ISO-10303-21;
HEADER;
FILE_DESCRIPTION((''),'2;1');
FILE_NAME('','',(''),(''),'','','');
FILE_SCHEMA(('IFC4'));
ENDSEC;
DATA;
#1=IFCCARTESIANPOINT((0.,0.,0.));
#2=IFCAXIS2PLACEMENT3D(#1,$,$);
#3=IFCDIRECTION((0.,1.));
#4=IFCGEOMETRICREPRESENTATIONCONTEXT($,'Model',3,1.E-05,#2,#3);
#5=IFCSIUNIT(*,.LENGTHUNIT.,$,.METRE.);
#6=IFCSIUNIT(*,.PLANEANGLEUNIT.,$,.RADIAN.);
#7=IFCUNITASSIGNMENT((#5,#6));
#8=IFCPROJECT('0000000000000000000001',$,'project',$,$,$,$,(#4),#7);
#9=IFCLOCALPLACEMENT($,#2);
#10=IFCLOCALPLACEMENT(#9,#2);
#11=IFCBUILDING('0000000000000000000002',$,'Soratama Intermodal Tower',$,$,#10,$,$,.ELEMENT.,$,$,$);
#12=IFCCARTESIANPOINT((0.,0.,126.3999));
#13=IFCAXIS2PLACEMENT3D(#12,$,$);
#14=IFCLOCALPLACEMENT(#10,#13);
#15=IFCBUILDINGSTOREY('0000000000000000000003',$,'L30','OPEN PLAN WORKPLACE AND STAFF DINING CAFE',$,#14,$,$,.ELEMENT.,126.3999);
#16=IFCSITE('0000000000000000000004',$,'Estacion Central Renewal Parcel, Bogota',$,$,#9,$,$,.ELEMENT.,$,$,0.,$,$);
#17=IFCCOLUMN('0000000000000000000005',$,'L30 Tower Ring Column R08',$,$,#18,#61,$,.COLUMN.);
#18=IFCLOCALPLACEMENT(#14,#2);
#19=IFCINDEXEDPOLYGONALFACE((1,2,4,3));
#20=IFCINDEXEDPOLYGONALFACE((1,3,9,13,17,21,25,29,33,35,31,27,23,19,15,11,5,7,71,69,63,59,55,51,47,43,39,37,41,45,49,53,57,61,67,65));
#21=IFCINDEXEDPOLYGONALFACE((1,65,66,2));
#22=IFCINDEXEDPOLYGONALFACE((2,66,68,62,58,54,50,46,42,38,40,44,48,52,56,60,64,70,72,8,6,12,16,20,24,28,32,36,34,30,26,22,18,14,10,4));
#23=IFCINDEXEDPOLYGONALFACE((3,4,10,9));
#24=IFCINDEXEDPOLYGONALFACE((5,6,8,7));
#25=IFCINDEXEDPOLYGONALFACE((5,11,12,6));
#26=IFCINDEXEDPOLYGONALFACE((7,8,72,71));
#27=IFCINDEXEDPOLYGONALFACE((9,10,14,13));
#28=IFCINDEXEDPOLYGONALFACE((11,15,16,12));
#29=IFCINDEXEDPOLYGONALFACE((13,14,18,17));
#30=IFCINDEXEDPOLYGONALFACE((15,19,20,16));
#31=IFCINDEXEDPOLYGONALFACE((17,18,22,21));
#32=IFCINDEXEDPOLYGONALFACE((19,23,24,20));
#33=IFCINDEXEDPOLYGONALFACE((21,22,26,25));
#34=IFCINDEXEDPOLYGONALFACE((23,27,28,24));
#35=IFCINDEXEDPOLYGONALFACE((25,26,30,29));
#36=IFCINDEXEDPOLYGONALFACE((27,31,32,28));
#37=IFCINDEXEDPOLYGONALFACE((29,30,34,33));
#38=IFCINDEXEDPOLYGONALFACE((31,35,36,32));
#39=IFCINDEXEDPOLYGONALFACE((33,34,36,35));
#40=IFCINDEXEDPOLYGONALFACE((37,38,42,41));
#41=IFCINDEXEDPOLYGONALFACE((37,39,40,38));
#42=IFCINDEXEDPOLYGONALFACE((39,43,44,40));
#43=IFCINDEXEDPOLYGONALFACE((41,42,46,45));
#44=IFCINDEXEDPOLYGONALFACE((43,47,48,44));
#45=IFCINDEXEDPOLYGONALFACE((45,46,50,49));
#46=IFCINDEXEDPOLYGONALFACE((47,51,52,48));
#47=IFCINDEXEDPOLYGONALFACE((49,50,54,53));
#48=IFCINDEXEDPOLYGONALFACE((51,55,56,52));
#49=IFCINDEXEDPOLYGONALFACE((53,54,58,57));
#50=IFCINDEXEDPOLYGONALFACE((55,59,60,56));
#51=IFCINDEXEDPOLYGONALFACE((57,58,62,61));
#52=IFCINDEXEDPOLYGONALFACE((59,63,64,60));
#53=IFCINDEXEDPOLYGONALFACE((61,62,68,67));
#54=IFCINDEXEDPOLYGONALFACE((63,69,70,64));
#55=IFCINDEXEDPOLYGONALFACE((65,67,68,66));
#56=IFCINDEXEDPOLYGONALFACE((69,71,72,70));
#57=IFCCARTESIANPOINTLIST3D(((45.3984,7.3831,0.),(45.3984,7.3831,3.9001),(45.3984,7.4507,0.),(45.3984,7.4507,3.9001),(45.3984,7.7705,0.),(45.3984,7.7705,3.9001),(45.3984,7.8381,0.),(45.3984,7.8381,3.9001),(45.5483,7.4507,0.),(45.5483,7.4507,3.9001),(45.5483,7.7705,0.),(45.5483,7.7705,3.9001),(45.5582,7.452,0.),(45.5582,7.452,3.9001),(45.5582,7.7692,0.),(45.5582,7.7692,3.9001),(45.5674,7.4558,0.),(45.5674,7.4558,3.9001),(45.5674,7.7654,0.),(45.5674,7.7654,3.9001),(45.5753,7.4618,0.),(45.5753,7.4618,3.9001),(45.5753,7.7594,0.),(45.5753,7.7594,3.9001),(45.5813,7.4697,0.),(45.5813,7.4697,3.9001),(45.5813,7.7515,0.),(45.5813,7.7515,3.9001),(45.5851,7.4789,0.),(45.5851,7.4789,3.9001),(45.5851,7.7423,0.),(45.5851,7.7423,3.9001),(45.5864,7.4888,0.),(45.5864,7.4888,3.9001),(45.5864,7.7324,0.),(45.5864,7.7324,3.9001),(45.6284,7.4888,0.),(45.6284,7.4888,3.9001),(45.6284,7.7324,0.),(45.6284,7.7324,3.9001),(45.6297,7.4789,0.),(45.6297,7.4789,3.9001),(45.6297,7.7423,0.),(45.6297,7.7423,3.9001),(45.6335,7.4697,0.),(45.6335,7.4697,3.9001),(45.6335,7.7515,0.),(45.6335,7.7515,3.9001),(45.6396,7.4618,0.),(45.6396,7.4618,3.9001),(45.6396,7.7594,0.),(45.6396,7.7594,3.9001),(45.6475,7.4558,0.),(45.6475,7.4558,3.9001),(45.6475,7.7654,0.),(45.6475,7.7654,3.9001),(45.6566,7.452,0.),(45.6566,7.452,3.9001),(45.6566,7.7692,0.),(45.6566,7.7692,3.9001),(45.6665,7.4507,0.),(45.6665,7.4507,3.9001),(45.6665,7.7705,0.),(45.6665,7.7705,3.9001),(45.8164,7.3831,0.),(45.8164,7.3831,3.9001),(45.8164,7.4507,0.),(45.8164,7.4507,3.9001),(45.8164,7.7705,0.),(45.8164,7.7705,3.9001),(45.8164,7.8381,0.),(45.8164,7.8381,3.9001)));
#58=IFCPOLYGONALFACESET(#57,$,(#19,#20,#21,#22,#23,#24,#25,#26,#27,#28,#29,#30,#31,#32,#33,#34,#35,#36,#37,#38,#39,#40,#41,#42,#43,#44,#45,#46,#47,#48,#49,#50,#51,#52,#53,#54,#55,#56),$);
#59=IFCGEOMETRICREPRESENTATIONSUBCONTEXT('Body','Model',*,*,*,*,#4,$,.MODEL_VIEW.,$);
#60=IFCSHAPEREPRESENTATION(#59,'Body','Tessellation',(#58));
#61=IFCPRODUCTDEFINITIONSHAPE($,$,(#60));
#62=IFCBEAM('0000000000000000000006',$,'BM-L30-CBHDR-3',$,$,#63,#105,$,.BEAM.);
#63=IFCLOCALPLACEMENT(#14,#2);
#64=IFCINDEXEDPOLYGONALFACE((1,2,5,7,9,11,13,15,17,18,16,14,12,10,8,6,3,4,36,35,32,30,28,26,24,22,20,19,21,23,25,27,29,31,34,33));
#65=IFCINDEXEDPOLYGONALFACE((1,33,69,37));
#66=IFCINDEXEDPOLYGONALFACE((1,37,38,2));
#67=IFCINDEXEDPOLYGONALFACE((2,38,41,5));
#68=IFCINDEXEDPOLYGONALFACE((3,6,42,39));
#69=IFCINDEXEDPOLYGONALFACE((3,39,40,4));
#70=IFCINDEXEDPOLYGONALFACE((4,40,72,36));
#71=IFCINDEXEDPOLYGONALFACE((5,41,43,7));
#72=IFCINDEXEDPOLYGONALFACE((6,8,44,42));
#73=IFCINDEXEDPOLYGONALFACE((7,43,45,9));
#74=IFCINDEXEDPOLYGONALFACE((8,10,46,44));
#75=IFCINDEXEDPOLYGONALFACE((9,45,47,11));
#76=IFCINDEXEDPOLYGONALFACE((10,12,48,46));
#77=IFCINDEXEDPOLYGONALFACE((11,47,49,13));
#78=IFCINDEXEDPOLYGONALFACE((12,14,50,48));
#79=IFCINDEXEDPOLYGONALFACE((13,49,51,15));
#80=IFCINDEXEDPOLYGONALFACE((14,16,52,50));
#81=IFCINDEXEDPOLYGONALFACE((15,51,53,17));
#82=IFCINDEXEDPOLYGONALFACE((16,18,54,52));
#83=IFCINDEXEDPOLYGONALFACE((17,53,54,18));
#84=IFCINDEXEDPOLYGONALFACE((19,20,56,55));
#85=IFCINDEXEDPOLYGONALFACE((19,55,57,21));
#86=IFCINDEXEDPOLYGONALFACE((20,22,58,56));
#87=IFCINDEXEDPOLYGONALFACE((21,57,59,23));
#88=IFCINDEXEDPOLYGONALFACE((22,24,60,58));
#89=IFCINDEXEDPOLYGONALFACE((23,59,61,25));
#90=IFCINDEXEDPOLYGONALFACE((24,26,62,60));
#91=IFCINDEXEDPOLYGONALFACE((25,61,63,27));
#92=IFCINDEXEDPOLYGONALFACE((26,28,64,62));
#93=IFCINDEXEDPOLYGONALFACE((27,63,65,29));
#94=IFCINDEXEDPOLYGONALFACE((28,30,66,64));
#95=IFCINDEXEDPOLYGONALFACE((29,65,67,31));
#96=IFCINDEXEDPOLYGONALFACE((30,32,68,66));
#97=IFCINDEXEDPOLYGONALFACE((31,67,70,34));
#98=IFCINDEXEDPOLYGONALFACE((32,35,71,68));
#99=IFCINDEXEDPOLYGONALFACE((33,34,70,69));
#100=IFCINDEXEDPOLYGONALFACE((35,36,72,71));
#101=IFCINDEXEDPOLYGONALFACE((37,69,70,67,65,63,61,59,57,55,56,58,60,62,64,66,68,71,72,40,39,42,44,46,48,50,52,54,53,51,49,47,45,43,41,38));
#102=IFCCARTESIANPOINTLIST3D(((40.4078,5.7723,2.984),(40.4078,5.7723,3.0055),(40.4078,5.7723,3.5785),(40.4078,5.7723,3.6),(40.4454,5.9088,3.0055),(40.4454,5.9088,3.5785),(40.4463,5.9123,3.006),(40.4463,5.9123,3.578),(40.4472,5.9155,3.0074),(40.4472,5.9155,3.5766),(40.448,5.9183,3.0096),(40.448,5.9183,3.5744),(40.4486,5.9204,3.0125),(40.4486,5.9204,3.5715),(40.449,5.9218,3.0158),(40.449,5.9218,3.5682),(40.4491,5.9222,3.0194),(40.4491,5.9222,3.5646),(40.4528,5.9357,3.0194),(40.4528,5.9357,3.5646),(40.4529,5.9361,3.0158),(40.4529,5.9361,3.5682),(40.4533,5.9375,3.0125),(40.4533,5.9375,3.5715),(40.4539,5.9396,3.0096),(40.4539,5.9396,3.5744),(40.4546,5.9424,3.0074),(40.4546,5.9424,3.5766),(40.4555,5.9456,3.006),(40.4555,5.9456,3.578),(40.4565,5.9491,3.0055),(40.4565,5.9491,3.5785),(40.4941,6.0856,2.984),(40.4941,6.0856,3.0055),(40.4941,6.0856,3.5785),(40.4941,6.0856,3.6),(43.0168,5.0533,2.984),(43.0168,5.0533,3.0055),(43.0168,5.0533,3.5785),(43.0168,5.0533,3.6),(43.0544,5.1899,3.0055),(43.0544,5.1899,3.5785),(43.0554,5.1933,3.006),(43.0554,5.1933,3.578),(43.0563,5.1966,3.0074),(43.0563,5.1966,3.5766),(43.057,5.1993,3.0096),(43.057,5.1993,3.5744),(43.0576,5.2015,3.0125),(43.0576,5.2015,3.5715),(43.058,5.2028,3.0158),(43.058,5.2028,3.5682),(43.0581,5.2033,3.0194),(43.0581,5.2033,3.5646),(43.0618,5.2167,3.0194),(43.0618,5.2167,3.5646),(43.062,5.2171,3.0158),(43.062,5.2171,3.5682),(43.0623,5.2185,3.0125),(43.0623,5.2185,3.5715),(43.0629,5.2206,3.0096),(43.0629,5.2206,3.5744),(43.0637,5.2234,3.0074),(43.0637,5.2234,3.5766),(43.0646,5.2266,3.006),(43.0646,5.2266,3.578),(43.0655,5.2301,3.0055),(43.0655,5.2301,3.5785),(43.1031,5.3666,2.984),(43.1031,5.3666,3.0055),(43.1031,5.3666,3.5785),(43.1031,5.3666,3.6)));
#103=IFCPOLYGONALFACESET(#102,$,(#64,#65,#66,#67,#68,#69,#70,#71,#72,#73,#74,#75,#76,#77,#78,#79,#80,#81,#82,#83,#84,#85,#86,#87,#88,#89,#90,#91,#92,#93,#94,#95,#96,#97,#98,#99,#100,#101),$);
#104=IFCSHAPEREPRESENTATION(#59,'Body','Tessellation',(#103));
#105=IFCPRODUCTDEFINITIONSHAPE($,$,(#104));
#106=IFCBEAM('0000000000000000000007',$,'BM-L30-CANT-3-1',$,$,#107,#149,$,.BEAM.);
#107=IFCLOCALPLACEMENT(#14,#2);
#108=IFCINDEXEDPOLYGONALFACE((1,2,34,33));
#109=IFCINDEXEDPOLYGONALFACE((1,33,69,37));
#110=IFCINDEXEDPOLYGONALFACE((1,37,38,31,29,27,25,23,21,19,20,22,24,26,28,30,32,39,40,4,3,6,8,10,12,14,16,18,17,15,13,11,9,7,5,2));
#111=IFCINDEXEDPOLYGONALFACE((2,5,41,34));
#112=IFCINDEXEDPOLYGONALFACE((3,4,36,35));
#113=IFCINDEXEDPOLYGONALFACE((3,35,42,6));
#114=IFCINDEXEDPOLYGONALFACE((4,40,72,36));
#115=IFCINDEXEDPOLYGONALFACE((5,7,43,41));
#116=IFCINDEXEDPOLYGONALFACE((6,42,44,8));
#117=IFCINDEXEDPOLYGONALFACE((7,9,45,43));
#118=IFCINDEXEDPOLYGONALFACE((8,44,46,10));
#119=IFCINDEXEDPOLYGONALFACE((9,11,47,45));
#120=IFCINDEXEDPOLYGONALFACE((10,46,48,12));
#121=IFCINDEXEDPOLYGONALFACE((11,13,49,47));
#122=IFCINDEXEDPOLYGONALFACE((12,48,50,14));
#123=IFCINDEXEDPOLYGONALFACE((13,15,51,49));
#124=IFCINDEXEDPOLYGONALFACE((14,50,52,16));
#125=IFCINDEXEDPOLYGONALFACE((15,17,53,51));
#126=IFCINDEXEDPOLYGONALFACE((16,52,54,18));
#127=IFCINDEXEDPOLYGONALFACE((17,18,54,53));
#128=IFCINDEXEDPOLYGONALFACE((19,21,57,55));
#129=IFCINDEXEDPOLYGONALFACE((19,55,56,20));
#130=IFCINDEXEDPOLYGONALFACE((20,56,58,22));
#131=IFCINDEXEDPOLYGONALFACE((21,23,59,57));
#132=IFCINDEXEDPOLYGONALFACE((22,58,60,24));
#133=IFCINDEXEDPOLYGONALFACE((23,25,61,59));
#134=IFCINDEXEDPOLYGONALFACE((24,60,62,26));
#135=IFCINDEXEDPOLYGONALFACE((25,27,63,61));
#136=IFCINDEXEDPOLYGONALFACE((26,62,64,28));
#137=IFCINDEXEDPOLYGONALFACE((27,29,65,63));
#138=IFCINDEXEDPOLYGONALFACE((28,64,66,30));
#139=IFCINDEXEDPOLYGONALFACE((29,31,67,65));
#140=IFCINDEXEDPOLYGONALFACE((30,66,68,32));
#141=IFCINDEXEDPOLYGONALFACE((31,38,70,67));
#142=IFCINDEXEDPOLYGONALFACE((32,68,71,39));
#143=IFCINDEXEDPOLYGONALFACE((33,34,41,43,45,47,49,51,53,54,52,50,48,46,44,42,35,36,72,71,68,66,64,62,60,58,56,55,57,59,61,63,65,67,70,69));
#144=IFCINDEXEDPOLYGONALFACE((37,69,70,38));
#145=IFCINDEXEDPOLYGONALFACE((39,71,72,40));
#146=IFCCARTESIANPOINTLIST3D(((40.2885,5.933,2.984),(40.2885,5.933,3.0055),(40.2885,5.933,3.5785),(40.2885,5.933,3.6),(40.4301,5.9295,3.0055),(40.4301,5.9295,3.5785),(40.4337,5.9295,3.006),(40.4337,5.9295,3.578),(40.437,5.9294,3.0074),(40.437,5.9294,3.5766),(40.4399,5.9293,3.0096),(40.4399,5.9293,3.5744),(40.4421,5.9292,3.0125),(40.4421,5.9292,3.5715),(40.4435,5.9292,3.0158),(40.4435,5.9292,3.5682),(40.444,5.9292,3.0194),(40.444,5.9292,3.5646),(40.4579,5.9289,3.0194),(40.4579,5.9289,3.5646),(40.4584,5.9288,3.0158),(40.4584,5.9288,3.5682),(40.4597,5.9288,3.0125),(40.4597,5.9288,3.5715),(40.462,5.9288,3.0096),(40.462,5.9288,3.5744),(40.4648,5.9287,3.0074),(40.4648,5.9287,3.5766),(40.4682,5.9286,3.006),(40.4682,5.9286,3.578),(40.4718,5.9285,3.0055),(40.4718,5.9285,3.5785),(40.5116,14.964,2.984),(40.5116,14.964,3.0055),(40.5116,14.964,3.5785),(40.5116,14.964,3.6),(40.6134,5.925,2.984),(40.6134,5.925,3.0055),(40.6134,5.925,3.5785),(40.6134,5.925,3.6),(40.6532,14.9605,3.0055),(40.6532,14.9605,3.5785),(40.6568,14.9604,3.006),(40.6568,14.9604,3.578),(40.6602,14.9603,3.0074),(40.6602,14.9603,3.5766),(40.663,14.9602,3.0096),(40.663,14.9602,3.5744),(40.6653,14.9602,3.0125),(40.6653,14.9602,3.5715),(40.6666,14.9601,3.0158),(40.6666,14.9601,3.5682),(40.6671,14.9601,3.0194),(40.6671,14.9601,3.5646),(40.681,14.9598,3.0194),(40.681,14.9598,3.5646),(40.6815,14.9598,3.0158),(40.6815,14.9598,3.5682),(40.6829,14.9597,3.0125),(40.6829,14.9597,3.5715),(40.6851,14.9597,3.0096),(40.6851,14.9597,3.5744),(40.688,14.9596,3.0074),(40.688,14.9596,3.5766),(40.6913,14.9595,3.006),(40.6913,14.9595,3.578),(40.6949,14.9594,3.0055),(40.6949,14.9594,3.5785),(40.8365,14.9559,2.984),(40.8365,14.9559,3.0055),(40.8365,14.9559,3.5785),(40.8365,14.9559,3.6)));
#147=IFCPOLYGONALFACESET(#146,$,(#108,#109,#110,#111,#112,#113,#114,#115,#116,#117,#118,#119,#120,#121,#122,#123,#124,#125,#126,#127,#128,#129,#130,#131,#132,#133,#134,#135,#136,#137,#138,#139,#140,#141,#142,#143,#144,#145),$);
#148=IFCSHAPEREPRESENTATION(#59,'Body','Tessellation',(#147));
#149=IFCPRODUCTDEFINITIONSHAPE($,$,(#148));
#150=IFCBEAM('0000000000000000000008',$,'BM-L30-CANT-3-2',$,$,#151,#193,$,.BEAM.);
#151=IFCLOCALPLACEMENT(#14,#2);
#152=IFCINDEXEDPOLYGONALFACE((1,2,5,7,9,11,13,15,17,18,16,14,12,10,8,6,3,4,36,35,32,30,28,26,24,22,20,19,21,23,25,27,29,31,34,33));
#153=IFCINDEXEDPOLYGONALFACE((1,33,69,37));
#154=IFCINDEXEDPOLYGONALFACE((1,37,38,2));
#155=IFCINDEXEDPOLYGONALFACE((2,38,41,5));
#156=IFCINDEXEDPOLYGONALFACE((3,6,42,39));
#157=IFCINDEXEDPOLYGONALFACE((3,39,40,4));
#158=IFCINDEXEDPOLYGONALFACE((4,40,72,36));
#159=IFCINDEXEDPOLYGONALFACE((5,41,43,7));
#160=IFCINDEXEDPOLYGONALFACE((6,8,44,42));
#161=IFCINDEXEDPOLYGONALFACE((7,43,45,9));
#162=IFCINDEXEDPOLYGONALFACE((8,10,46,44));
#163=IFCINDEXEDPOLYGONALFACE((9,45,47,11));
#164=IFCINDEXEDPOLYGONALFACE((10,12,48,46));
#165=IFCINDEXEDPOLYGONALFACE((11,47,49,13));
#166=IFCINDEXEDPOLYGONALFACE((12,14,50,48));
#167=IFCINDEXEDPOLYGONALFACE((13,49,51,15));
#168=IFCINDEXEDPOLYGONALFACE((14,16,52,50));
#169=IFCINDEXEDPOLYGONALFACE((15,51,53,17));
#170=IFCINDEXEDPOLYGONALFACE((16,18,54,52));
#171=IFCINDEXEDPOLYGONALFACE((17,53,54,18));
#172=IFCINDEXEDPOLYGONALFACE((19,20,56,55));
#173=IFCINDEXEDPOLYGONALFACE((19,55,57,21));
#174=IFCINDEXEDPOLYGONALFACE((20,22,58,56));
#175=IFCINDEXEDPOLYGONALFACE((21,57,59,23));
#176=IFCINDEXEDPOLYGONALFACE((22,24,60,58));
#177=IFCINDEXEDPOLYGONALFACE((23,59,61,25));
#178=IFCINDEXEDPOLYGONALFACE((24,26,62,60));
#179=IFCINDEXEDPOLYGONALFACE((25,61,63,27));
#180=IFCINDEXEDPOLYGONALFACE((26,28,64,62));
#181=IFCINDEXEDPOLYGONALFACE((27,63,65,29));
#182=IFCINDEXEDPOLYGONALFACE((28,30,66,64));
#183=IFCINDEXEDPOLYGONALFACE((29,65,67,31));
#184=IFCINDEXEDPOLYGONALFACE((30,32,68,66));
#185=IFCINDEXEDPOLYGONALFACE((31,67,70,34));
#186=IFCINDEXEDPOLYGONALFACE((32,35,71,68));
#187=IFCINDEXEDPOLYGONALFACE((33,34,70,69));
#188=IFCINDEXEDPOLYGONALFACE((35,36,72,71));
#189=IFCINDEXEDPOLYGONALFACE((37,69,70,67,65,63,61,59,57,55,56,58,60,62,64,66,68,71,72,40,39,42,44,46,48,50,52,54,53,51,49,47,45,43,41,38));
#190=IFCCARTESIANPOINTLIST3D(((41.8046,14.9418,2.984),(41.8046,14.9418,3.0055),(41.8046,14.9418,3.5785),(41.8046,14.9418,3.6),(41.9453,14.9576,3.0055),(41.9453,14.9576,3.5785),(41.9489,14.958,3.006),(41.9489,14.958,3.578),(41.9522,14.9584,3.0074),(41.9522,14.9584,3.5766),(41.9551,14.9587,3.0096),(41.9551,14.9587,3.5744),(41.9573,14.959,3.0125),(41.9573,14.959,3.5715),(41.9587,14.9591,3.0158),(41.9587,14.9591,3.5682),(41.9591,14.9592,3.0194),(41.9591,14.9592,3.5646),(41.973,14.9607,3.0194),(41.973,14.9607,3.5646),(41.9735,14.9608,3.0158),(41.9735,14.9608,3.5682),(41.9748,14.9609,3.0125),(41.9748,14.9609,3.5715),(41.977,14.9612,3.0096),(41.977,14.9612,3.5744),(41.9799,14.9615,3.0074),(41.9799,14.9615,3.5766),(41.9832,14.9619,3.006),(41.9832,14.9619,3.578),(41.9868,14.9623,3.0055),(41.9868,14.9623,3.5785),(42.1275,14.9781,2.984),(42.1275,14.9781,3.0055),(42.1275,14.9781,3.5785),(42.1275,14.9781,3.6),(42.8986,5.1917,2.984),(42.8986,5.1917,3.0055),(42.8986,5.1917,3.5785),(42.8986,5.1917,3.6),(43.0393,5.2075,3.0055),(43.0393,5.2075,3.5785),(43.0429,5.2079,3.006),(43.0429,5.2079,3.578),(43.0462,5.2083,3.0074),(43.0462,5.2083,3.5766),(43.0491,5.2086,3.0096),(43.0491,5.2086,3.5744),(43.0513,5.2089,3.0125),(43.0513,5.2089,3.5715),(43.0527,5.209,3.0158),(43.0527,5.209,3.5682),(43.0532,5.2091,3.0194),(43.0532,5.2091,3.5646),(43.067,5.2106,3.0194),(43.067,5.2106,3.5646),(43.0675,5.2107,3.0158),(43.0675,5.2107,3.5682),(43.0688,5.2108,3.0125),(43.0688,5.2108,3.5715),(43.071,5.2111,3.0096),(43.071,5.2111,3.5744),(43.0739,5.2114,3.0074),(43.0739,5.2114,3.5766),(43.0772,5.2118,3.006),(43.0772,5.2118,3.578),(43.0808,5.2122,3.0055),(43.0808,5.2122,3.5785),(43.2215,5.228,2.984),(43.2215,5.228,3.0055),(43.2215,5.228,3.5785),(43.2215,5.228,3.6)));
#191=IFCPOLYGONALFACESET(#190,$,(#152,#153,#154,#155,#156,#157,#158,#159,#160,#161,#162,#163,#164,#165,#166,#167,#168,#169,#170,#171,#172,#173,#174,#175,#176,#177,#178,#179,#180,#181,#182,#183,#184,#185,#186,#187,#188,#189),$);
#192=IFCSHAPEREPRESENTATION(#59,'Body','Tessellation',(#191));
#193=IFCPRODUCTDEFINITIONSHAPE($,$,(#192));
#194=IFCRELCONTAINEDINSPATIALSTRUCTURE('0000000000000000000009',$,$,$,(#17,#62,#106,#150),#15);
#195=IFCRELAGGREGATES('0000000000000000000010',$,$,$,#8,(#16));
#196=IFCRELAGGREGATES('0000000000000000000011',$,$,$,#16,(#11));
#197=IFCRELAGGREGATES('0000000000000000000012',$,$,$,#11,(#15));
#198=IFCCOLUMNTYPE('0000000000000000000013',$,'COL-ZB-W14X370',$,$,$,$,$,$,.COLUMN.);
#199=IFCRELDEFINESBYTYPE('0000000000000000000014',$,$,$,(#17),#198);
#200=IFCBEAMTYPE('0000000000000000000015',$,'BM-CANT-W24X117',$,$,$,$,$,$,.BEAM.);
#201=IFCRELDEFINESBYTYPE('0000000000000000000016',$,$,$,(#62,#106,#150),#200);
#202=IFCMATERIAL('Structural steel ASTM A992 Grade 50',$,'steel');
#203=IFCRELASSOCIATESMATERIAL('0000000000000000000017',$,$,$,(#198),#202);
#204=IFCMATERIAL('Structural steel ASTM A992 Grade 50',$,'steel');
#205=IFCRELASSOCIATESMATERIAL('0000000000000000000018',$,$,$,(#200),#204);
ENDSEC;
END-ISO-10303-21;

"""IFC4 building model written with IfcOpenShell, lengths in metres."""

from ifc_helpers import new_model, si_unit, direction, frame, origin, origin_2d, place, context, subcontext, project, spatial, i_section, extrude, material, material_profile, profile_set, type_object, element, save


model = new_model("IFC4")

# Units and contexts
model_context = context("Model", 3, precision=1e-05, world=origin(), true_north=direction((0.0, 1.0)))
body_context = subcontext(model_context, "Body", "Model", "MODEL_VIEW")
ifc_project = project(units=[si_unit("LENGTHUNIT", "METRE"), si_unit("PLANEANGLEUNIT", "RADIAN")], contexts=[model_context])

# Site, building, storey
site_placement = place(None, origin())
site = spatial("IfcSite", under=ifc_project, at=site_placement, Name="Estacion Central Renewal Parcel, Bogota", CompositionType="ELEMENT", RefElevation=0.0)
building_placement = place(site_placement, origin())
building = spatial("IfcBuilding", under=site, at=building_placement, Name="Soratama Intermodal Tower", CompositionType="ELEMENT")
storey_placement = place(building_placement, frame((0.0, 0.0, 126.3999)))
storey = spatial("IfcBuildingStorey", under=building, at=storey_placement, Name="L30", Description="OPEN PLAN WORKPLACE AND STAFF DINING CAFE", CompositionType="ELEMENT", Elevation=126.3999)

# Column
ifc_material_1 = material(Name="Structural steel ASTM A992 Grade 50", Category="steel")
ifc_material_profile_1 = material_profile(ifc_material_1, i_section(OverallWidth=0.418, OverallDepth=0.4551, WebThickness=0.042, FlangeThickness=0.0676, FilletRadius=0.0381, at=origin_2d()), Name="W14X370")
ifc_profile_set_1 = profile_set([ifc_material_profile_1], Name="Structural steel ASTM A992 Grade 50")
column_type = type_object("IfcColumnType", Name="COL-ZB-W14X370", PredefinedType="COLUMN", material=ifc_profile_set_1)
column_placement = place(storey_placement, frame((45.6074, 7.6106, 0.0), z_axis=(0.0, 0.0, 1.0), x_axis=(1.0, 0.0, 0.0)))
element("IfcColumn", 1, at=column_placement, inside=storey, type_object=column_type, Name="L30 Tower Ring Column R08", PredefinedType="COLUMN", context=body_context, shape_type="SweptSolid", body=[
    extrude(i_section(OverallWidth=0.418, OverallDepth=0.4551, WebThickness=0.042, FlangeThickness=0.0676, FilletRadius=0.0381, at=origin_2d()), origin(), (0.0, 0.0, 1.0), 3.9001),
])

# Beams
ifc_material_2 = material(Name="Structural steel ASTM A992 Grade 50", Category="steel")
ifc_material_profile_2 = material_profile(ifc_material_2, i_section(OverallWidth=0.325, OverallDepth=0.616, WebThickness=0.0139, FlangeThickness=0.0215, FilletRadius=0.0139, at=origin_2d()), Name="W24X117")
ifc_profile_set_2 = profile_set([ifc_material_profile_2], Name="Structural steel ASTM A992 Grade 50")
beam_type_1 = type_object("IfcBeamType", Name="BM-CANT-W24X117", PredefinedType="BEAM", material=ifc_profile_set_2)
beam_1_placement = place(storey_placement, frame((40.4509, 5.929, 3.292), z_axis=(0.964065, -0.265666, 0.0), x_axis=(0.265666, 0.964065, 0.0)))
element("IfcBeam", 2, at=beam_1_placement, inside=storey, type_object=beam_type_1, Name="BM-L30-CBHDR-3", PredefinedType="BEAM", context=body_context, shape_type="SweptSolid", body=[
    extrude(i_section(OverallWidth=0.325, OverallDepth=0.616, WebThickness=0.0139, FlangeThickness=0.0215, FilletRadius=0.0139, at=origin_2d()), origin(), (0.0, 0.0, 1.0), 2.7063),
])
beam_2_placement = place(storey_placement, frame((40.6741, 14.96, 3.292), z_axis=(-0.024701, -0.999695, 0.0), x_axis=(0.999695, -0.024701, 0.0)))
element("IfcBeam", 3, at=beam_2_placement, inside=storey, type_object=beam_type_1, Name="BM-L30-CANT-3-1", PredefinedType="BEAM", context=body_context, shape_type="SweptSolid", body=[
    extrude(i_section(OverallWidth=0.325, OverallDepth=0.616, WebThickness=0.0139, FlangeThickness=0.0215, FilletRadius=0.0139, at=origin_2d()), origin(), (0.0, 0.0, 1.0), 9.0337),
])
beam_3_placement = place(storey_placement, frame((41.9661, 14.96, 3.292), z_axis=(0.111505, -0.993764, 0.0), x_axis=(0.993764, 0.111505, 0.0)))
element("IfcBeam", 4, at=beam_3_placement, inside=storey, type_object=beam_type_1, Name="BM-L30-CANT-3-2", PredefinedType="BEAM", context=body_context, shape_type="SweptSolid", body=[
    extrude(i_section(OverallWidth=0.325, OverallDepth=0.616, WebThickness=0.0139, FlangeThickness=0.0215, FilletRadius=0.0139, at=origin_2d()), origin(), (0.0, 0.0, 1.0), 9.8113),
])

save(model, "model.ifc")
